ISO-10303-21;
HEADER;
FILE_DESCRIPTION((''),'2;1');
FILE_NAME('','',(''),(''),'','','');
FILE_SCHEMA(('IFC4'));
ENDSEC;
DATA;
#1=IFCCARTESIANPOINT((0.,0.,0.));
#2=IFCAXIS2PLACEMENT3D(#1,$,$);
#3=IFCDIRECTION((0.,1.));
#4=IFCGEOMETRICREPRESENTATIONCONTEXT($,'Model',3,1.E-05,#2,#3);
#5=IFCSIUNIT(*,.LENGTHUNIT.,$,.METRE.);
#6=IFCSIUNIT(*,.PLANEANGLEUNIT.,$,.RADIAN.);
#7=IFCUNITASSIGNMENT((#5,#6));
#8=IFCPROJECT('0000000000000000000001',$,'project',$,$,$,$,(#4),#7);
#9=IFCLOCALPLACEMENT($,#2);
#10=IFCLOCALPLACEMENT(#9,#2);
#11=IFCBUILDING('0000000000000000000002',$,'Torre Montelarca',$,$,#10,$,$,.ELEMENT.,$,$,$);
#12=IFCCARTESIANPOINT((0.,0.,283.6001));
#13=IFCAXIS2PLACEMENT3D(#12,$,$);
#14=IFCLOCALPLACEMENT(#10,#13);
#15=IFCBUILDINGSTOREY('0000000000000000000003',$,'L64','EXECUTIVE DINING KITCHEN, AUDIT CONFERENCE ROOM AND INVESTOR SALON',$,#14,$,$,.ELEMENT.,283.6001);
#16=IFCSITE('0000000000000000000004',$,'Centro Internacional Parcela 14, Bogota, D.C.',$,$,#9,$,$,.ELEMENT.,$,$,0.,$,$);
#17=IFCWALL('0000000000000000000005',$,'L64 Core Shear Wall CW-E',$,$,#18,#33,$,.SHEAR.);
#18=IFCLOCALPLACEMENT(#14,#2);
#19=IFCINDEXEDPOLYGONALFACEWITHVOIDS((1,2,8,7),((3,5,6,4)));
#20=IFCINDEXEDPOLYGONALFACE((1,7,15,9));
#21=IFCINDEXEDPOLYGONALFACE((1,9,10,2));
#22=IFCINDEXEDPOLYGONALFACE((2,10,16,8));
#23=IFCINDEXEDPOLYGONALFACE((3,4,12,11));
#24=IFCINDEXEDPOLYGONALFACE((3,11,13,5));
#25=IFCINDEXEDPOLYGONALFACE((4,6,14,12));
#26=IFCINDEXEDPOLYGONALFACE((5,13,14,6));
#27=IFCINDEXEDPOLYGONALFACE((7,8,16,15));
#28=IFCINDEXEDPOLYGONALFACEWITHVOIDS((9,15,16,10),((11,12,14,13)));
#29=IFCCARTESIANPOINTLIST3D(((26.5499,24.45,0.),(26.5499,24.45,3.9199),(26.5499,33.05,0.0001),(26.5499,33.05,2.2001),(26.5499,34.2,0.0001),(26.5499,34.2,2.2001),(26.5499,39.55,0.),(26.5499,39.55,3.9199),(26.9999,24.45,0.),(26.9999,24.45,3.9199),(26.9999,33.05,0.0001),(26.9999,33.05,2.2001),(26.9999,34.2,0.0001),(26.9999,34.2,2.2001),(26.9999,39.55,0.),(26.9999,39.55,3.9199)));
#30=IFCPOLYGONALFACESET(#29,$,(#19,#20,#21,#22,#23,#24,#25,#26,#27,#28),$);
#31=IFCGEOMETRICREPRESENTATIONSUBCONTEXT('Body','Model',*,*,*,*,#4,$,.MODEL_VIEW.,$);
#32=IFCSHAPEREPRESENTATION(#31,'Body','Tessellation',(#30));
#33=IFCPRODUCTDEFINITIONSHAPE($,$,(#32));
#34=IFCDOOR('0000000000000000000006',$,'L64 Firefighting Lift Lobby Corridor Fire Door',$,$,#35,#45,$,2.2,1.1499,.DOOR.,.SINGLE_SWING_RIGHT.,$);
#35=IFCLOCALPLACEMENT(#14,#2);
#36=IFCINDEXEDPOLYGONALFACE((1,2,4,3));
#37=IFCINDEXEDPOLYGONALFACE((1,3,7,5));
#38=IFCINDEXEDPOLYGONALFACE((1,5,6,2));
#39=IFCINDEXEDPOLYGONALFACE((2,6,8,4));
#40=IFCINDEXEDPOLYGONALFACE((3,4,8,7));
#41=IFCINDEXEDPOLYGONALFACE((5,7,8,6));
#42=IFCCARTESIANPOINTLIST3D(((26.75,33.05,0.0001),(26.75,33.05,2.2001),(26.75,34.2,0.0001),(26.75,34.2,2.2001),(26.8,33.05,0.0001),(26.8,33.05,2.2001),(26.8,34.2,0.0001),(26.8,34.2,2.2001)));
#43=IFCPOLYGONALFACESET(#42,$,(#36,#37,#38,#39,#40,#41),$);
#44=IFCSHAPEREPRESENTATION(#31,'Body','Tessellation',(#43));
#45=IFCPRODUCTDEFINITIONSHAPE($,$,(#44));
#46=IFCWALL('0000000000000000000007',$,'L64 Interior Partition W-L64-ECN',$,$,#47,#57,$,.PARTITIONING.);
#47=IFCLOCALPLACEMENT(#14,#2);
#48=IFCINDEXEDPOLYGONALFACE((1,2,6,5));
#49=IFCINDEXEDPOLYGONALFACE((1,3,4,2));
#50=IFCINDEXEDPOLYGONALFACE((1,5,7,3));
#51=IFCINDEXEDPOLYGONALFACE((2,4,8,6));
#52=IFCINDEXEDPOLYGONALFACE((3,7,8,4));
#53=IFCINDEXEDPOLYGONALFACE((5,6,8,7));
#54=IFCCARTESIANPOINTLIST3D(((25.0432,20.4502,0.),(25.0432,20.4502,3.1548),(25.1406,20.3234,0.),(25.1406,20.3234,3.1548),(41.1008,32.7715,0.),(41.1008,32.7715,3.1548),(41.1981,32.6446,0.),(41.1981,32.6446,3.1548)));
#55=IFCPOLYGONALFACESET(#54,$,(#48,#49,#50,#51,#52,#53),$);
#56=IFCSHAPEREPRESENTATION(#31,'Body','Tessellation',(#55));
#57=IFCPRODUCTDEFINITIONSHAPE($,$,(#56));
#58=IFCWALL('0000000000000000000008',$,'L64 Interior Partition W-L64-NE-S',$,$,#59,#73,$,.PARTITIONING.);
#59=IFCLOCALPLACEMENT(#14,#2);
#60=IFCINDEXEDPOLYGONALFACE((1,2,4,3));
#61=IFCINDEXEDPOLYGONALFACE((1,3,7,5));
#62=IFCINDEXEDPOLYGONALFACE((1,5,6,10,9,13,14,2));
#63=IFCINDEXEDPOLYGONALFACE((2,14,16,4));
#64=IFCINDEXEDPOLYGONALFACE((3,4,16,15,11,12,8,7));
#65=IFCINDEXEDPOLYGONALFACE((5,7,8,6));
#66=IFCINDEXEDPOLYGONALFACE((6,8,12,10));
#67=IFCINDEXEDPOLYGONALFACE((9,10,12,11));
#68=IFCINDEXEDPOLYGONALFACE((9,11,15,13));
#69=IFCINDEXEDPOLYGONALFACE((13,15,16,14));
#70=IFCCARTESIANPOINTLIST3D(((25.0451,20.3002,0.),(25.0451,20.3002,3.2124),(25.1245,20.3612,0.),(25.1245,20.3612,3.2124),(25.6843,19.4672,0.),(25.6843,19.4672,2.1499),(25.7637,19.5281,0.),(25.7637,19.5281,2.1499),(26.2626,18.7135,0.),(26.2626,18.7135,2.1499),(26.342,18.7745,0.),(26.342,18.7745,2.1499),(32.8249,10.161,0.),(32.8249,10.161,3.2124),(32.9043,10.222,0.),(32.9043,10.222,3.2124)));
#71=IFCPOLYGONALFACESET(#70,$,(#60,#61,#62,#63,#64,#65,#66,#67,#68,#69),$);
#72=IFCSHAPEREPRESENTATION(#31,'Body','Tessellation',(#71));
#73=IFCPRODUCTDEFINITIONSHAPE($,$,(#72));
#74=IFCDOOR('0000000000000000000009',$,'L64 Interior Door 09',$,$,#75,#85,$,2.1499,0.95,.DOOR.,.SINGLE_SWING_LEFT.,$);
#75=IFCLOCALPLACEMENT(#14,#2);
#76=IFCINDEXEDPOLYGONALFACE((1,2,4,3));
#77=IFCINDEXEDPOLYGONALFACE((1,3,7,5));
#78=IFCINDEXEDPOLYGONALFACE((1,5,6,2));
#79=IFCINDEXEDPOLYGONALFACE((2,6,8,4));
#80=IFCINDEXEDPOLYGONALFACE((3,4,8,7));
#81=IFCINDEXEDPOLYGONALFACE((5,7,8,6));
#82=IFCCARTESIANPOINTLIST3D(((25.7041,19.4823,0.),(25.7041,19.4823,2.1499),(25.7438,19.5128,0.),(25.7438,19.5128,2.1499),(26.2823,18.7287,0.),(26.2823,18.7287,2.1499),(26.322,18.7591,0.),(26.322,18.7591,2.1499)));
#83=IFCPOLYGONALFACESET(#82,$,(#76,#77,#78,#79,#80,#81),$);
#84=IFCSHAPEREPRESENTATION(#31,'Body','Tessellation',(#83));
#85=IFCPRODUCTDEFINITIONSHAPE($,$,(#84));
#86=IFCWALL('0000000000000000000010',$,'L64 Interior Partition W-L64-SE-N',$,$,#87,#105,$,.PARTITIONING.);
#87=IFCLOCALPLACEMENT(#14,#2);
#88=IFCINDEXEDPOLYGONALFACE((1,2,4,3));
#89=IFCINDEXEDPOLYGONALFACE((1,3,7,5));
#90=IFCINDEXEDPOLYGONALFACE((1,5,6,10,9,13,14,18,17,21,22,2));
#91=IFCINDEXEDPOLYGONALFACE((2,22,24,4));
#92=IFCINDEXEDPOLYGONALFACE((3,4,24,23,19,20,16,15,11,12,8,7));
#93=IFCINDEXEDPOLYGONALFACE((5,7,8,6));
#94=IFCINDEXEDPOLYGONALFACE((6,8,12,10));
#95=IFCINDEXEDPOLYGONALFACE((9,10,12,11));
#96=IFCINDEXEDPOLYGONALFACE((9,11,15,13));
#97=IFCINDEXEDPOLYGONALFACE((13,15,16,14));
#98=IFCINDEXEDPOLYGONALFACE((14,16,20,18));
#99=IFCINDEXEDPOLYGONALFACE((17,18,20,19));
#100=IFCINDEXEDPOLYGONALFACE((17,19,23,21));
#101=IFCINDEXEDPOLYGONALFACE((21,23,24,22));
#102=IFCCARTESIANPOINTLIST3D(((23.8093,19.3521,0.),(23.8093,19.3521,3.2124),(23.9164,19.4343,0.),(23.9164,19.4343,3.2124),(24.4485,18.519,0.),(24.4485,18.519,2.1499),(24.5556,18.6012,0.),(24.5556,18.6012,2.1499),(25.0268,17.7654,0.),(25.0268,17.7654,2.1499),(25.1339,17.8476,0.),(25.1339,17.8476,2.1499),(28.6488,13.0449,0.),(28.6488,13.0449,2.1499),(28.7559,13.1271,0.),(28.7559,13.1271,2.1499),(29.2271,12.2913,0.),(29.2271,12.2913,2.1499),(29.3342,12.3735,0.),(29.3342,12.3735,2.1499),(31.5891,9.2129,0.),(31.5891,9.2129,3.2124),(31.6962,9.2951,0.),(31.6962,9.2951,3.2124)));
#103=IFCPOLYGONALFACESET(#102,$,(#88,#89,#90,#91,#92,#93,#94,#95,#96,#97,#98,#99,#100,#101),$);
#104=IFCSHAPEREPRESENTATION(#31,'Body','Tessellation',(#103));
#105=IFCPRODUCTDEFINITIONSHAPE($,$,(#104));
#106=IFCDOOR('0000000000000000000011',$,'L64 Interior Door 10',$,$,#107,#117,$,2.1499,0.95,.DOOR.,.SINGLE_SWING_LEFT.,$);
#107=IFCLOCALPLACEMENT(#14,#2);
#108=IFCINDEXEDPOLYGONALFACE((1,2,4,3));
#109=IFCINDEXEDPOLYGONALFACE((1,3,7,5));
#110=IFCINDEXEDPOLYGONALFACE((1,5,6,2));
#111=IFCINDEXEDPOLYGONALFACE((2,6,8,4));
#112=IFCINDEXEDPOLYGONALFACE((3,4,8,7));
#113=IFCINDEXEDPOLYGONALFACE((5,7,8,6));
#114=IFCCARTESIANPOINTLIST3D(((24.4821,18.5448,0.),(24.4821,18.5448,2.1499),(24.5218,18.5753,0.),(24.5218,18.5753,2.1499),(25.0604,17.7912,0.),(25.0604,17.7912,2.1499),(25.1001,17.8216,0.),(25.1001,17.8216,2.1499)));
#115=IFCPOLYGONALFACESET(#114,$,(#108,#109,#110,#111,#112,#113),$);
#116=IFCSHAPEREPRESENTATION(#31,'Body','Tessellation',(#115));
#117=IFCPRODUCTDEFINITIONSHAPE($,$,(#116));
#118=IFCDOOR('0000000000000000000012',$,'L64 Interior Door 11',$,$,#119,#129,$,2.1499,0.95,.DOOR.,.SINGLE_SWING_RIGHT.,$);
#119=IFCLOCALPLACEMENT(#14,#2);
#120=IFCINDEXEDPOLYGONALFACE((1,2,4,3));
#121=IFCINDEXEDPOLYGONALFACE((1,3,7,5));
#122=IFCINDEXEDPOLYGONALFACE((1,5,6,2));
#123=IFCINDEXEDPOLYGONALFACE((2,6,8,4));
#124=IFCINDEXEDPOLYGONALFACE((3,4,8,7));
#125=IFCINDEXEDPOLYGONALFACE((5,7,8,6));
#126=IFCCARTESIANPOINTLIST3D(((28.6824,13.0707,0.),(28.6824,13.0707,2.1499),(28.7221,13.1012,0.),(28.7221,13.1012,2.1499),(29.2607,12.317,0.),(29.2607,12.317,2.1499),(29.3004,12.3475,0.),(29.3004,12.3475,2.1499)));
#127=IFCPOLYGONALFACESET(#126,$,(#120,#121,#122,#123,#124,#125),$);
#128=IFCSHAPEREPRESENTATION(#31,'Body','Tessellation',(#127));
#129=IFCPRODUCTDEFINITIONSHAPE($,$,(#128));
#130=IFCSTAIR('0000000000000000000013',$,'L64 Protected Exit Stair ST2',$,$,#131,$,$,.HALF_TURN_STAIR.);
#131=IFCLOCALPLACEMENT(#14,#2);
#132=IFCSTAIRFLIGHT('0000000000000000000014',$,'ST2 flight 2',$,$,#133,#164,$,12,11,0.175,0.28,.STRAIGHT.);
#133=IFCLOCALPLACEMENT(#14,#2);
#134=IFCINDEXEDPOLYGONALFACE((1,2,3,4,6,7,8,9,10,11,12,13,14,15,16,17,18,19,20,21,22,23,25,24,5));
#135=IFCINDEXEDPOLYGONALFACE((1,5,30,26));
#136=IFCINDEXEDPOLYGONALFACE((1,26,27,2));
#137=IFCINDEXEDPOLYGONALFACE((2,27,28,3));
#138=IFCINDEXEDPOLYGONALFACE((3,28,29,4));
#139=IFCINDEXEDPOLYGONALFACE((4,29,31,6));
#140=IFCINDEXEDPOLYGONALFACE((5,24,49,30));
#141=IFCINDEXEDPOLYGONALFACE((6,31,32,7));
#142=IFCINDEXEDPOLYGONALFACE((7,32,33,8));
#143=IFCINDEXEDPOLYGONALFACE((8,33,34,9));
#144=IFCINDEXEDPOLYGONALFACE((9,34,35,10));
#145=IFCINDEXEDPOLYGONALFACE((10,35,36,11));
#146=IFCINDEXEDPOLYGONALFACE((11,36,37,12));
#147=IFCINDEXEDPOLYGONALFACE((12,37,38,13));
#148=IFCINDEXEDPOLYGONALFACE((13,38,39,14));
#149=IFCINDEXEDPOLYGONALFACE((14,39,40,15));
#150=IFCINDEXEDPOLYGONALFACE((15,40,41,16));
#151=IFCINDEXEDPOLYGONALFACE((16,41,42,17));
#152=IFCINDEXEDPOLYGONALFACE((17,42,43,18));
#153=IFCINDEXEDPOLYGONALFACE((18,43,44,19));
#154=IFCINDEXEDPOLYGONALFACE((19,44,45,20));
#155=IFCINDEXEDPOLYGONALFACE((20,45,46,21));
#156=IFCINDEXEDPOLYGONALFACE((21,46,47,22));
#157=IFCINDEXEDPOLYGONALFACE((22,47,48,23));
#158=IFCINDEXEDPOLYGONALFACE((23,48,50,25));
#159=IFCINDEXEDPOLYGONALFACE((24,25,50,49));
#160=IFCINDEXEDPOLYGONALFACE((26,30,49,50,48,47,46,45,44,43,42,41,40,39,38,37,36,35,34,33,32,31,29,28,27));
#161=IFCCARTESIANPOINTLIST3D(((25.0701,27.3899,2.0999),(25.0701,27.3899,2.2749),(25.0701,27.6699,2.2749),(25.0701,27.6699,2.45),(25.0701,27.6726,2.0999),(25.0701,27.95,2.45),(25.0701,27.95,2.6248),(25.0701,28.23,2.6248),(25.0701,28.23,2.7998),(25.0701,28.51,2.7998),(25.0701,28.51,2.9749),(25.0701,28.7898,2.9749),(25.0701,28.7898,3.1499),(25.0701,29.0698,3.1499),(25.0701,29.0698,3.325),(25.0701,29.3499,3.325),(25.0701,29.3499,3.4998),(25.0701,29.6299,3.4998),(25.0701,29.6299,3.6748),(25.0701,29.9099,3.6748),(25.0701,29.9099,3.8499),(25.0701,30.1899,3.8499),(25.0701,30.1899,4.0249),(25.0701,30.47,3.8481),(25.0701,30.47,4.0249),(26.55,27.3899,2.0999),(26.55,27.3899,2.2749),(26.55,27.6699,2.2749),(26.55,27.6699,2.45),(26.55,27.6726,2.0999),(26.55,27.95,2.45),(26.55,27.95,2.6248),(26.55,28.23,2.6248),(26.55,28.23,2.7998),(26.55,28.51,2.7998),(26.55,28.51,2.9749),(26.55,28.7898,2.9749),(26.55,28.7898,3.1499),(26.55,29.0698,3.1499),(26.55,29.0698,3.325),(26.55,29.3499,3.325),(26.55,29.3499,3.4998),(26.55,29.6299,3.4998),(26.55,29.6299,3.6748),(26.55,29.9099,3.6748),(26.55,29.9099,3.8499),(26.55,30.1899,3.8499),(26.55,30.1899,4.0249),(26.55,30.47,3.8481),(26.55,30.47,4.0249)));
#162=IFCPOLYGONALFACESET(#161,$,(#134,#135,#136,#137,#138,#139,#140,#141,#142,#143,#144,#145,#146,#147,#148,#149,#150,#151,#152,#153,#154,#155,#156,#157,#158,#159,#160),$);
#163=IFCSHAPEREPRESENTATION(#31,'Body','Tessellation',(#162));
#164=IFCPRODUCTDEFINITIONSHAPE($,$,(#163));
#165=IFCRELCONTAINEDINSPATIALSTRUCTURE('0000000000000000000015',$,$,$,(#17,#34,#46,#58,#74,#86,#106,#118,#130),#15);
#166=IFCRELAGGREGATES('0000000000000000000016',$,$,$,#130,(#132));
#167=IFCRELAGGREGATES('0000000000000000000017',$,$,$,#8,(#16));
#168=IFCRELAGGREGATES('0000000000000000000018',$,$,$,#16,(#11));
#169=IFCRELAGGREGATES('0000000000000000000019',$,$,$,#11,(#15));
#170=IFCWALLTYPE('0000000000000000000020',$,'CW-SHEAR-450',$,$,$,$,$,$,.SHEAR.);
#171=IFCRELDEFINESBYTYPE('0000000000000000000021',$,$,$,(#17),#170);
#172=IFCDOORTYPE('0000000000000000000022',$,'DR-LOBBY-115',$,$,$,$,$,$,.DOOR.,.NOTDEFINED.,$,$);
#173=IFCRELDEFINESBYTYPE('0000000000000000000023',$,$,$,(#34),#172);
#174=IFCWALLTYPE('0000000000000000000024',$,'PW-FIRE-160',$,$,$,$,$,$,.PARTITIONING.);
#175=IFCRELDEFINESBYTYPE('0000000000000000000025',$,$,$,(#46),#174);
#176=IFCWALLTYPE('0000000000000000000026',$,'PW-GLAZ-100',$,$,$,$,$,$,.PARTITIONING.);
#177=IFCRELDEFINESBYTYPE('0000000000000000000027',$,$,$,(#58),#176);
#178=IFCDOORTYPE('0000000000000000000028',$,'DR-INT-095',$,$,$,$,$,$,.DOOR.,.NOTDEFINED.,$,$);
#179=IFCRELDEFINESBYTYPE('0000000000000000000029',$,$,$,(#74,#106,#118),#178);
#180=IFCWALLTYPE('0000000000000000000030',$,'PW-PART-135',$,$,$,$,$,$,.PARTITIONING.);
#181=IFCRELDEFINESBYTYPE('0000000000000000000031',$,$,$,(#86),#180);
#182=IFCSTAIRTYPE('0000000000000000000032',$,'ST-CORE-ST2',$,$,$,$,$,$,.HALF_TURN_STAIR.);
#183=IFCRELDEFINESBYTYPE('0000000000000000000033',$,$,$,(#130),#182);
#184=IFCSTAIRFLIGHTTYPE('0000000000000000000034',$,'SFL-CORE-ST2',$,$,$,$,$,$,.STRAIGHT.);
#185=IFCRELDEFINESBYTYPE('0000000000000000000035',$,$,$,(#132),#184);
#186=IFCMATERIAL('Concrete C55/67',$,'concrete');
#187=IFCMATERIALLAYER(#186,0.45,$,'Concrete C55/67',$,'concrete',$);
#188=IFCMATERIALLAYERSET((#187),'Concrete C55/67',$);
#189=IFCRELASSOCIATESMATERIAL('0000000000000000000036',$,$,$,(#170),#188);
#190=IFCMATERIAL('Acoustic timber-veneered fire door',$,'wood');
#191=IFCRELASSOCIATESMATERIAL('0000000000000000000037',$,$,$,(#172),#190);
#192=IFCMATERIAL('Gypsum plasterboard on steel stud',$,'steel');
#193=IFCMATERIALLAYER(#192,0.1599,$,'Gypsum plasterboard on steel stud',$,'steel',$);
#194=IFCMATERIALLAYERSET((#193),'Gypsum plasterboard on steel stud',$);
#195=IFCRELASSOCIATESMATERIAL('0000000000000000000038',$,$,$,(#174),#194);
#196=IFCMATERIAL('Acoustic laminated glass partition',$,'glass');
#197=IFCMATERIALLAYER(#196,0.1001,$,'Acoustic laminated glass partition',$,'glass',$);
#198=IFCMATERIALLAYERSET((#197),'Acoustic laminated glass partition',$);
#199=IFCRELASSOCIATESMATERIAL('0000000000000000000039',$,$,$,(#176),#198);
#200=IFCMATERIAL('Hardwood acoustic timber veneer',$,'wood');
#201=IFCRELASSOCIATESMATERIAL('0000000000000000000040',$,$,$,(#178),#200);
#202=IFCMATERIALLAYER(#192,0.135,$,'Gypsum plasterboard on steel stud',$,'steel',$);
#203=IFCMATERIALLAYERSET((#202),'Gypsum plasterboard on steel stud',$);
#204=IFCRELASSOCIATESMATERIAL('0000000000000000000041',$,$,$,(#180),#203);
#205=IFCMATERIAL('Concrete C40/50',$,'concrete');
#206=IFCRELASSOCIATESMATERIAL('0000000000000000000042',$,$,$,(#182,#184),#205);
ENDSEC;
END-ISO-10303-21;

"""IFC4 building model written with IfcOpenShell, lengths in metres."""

from ifc_helpers import new_model, si_unit, direction, frame, frame_2d, origin, place, context, subcontext, project, spatial, polyline, rectangle, outline, extrude, source, transform, mapped, material, layer, layer_set, type_object, element, fill, aggregate, save


model = new_model("IFC4")

# Units and contexts
model_context = context("Model", 3, precision=1e-05, world=origin(), true_north=direction((0.0, 1.0)))
body_context = subcontext(model_context, "Body", "Model", "MODEL_VIEW")
ifc_project = project(units=[si_unit("LENGTHUNIT", "METRE"), si_unit("PLANEANGLEUNIT", "RADIAN")], contexts=[model_context])

# Site, building, storey
site_placement = place(None, origin())
site = spatial("IfcSite", under=ifc_project, at=site_placement, Name="Centro Internacional Parcela 14, Bogota, D.C.", CompositionType="ELEMENT", RefElevation=0.0)
building_placement = place(site_placement, origin())
building = spatial("IfcBuilding", under=site, at=building_placement, Name="Torre Montelarca", CompositionType="ELEMENT")
storey_placement = place(building_placement, frame((0.0, 0.0, 283.6001)))
storey = spatial("IfcBuildingStorey", under=building, at=storey_placement, Name="L64", Description="EXECUTIVE DINING KITCHEN, AUDIT CONFERENCE ROOM AND INVESTOR SALON", CompositionType="ELEMENT", Elevation=283.6001)

# Shared definitions
ifc_material_1 = material(Name="Concrete C55/67", Category="concrete")

# Shared definitions
ifc_material_2 = material(Name="Concrete C40/50", Category="concrete")

# Wall, opening, door
ifc_layer_1 = layer(ifc_material_1, 0.45, Name="Concrete C55/67", Category="concrete")
ifc_layer_set_1 = layer_set([ifc_layer_1], Name="Concrete C55/67")
wall_type_1 = type_object("IfcWallType", Name="CW-SHEAR-450", PredefinedType="SHEAR", material=ifc_layer_set_1)
wall_1_placement = place(storey_placement, frame((26.7749, 24.45, 0.0), z_axis=(0.0, 0.0, 1.0), x_axis=(0.0, 1.0, 0.0)))
wall_1 = element("IfcWall", 1, at=wall_1_placement, inside=storey, type_object=wall_type_1, Name="L64 Core Shear Wall CW-E", PredefinedType="SHEAR", context=body_context, shape_type="SweptSolid", body=[
    extrude(rectangle(XDim=15.1001, YDim=0.45, at=frame_2d((7.55, 0.0))), origin(), (0.0, 0.0, 1.0), 3.9199),
])
opening_1_placement = place(wall_1_placement, frame((8.6001, 0.0, 0.0)))
opening_1 = element("IfcOpeningElement", 2, at=opening_1_placement, cuts=wall_1, PredefinedType="OPENING", context=body_context, shape_type="SweptSolid", body=[
    extrude(rectangle(XDim=1.1499, YDim=2.2, at=frame_2d((0.575, 1.1001))), frame((0.0, 0.2349, 0.0), z_axis=(0.0, -1.0, 0.0), x_axis=(1.0, 0.0, 0.0)), (0.0, 0.0, 1.0), 0.47),
])
ifc_material_3 = material(Name="Acoustic timber-veneered fire door", Category="wood")
door_type_1 = type_object("IfcDoorType", Name="DR-LOBBY-115", OperationType="NOTDEFINED", PredefinedType="DOOR", material=ifc_material_3)
shared_shape_1 = source(origin(), body_context, "Body", "SweptSolid", [
    extrude(rectangle(XDim=1.1499, YDim=2.2, at=frame_2d((0.575, 1.1001))), frame((0.0, 0.0249, 0.0), z_axis=(0.0, -1.0, 0.0), x_axis=(1.0, 0.0, 0.0)), (0.0, 0.0, 1.0), 0.05),
])
door_1_placement = place(opening_1_placement, origin())
door_1 = element("IfcDoor", 3, at=door_1_placement, inside=storey, type_object=door_type_1, Name="L64 Firefighting Lift Lobby Corridor Fire Door", OperationType="SINGLE_SWING_RIGHT", OverallHeight=2.2, OverallWidth=1.1499, PredefinedType="DOOR", context=body_context, shape_type="MappedRepresentation", body=[
    mapped(shared_shape_1, transform((0.0, 0.0, 0.0), scale=1.0)),
])
fill(opening_1, door_1)

# Wall
ifc_material_4 = material(Name="Gypsum plasterboard on steel stud", Category="steel")
ifc_layer_2 = layer(ifc_material_4, 0.1599, Name="Gypsum plasterboard on steel stud", Category="steel")
ifc_layer_set_2 = layer_set([ifc_layer_2], Name="Gypsum plasterboard on steel stud")
wall_type_2 = type_object("IfcWallType", Name="PW-FIRE-160", PredefinedType="PARTITIONING", material=ifc_layer_set_2)
wall_2_placement = place(storey_placement, frame((25.0918, 20.3867, 0.0), z_axis=(0.0, 0.0, 1.0), x_axis=(0.793357, 0.608757, 0.0)))
element("IfcWall", 4, at=wall_2_placement, inside=storey, type_object=wall_type_2, Name="L64 Interior Partition W-L64-ECN", PredefinedType="PARTITIONING", context=body_context, shape_type="SweptSolid", body=[
    extrude(rectangle(XDim=20.24, YDim=0.1599, at=frame_2d((10.1201, 0.0))), origin(), (0.0, 0.0, 1.0), 3.1548),
])

# Wall, opening, door
ifc_material_5 = material(Name="Acoustic laminated glass partition", Category="glass")
ifc_layer_3 = layer(ifc_material_5, 0.1001, Name="Acoustic laminated glass partition", Category="glass")
ifc_layer_set_3 = layer_set([ifc_layer_3], Name="Acoustic laminated glass partition")
wall_type_3 = type_object("IfcWallType", Name="PW-GLAZ-100", PredefinedType="PARTITIONING", material=ifc_layer_set_3)
wall_3_placement = place(storey_placement, frame((25.0847, 20.3308, 0.0), z_axis=(0.0, 0.0, 1.0), x_axis=(0.608748, -0.793363, 0.0)))
wall_3 = element("IfcWall", 5, at=wall_3_placement, inside=storey, type_object=wall_type_3, Name="L64 Interior Partition W-L64-NE-S", PredefinedType="PARTITIONING", context=body_context, shape_type="SweptSolid", body=[
    extrude(rectangle(XDim=12.78, YDim=0.1001, at=frame_2d((6.3901, 0.0))), origin(), (0.0, 0.0, 1.0), 3.2124),
])
opening_2_placement = place(wall_3_placement, frame((1.05, 0.0, 0.0)))
opening_2 = element("IfcOpeningElement", 6, at=opening_2_placement, cuts=wall_3, PredefinedType="OPENING", context=body_context, shape_type="SweptSolid", body=[
    extrude(rectangle(XDim=0.95, YDim=2.1499, at=frame_2d((0.4751, 1.075))), frame((0.0, 0.0601, 0.0), z_axis=(0.0, -1.0, 0.0), x_axis=(1.0, 0.0, 0.0)), (0.0, 0.0, 1.0), 0.1201),
])
ifc_material_6 = material(Name="Hardwood acoustic timber veneer", Category="wood")
door_type_2 = type_object("IfcDoorType", Name="DR-INT-095", OperationType="NOTDEFINED", PredefinedType="DOOR", material=ifc_material_6)
shared_shape_2 = source(origin(), body_context, "Body", "SweptSolid", [
    extrude(rectangle(XDim=0.95, YDim=2.1499, at=frame_2d((0.4751, 1.075))), frame((0.0, 0.0249, 0.0), z_axis=(0.0, -1.0, 0.0), x_axis=(1.0, 0.0, 0.0)), (0.0, 0.0, 1.0), 0.05),
])
door_2_placement = place(opening_2_placement, origin())
door_2 = element("IfcDoor", 7, at=door_2_placement, inside=storey, type_object=door_type_2, Name="L64 Interior Door 09", OperationType="SINGLE_SWING_LEFT", OverallHeight=2.1499, OverallWidth=0.95, PredefinedType="DOOR", context=body_context, shape_type="MappedRepresentation", body=[
    mapped(shared_shape_2, transform((0.0, 0.0, 0.0), scale=1.0)),
])
fill(opening_2, door_2)

# Wall, openings, doors
ifc_layer_4 = layer(ifc_material_4, 0.135, Name="Gypsum plasterboard on steel stud", Category="steel")
ifc_layer_set_4 = layer_set([ifc_layer_4], Name="Gypsum plasterboard on steel stud")
wall_type_4 = type_object("IfcWallType", Name="PW-PART-135", PredefinedType="PARTITIONING", material=ifc_layer_set_4)
wall_4_placement = place(storey_placement, frame((23.8628, 19.3933, 0.0), z_axis=(0.0, 0.0, 1.0), x_axis=(0.608748, -0.793363, 0.0)))
wall_4 = element("IfcWall", 8, at=wall_4_placement, inside=storey, type_object=wall_type_4, Name="L64 Interior Partition W-L64-SE-N", PredefinedType="PARTITIONING", context=body_context, shape_type="SweptSolid", body=[
    extrude(rectangle(XDim=12.78, YDim=0.135, at=frame_2d((6.3901, 0.0))), origin(), (0.0, 0.0, 1.0), 3.2124),
])
opening_3_placement = place(wall_4_placement, frame((1.05, 0.0, 0.0)))
opening_3 = element("IfcOpeningElement", 9, at=opening_3_placement, cuts=wall_4, PredefinedType="OPENING", context=body_context, shape_type="SweptSolid", body=[
    extrude(rectangle(XDim=0.95, YDim=2.1499, at=frame_2d((0.4751, 1.075))), frame((0.0, 0.0776, 0.0), z_axis=(0.0, -1.0, 0.0), x_axis=(1.0, 0.0, 0.0)), (0.0, 0.0, 1.0), 0.155),
])
opening_4_placement = place(wall_4_placement, frame((7.95, 0.0, 0.0)))
opening_4 = element("IfcOpeningElement", 10, at=opening_4_placement, cuts=wall_4, PredefinedType="OPENING", context=body_context, shape_type="SweptSolid", body=[
    extrude(rectangle(XDim=0.95, YDim=2.1499, at=frame_2d((0.4751, 1.075))), frame((0.0, 0.0776, 0.0), z_axis=(0.0, -1.0, 0.0), x_axis=(1.0, 0.0, 0.0)), (0.0, 0.0, 1.0), 0.155),
])
door_3_placement = place(opening_3_placement, origin())
door_3 = element("IfcDoor", 11, at=door_3_placement, inside=storey, type_object=door_type_2, Name="L64 Interior Door 10", OperationType="SINGLE_SWING_LEFT", OverallHeight=2.1499, OverallWidth=0.95, PredefinedType="DOOR", context=body_context, shape_type="MappedRepresentation", body=[
    mapped(shared_shape_2, transform((0.0, 0.0, 0.0), scale=1.0)),
])
fill(opening_3, door_3)
door_4_placement = place(opening_4_placement, origin())
door_4 = element("IfcDoor", 12, at=door_4_placement, inside=storey, type_object=door_type_2, Name="L64 Interior Door 11", OperationType="SINGLE_SWING_RIGHT", OverallHeight=2.1499, OverallWidth=0.95, PredefinedType="DOOR", context=body_context, shape_type="MappedRepresentation", body=[
    mapped(shared_shape_2, transform((0.0, 0.0, 0.0), scale=1.0)),
])
fill(opening_4, door_4)

# Stair, stair flight
stair_type = type_object("IfcStairType", Name="ST-CORE-ST2", PredefinedType="HALF_TURN_STAIR", material=ifc_material_2)
stair_placement = place(storey_placement, origin())
stair = element("IfcStair", 13, at=stair_placement, inside=storey, type_object=stair_type, Name="L64 Protected Exit Stair ST2", PredefinedType="HALF_TURN_STAIR")
stair_flight_type = type_object("IfcStairFlightType", Name="SFL-CORE-ST2", PredefinedType="STRAIGHT", material=ifc_material_2)
stair_flight_placement = place(storey_placement, frame((25.8101, 27.3899, 2.0999), z_axis=(0.0, 0.0, 1.0), x_axis=(0.0, 1.0, 0.0)))
stair_flight = element("IfcStairFlight", 14, at=stair_flight_placement, type_object=stair_flight_type, Name="ST2 flight 2", NumberOfRisers=12, NumberOfTreads=11, PredefinedType="STRAIGHT", RiserHeight=0.175, TreadLength=0.28, context=body_context, shape_type="SweptSolid", body=[
    extrude(outline(polyline([(0.0, 0.0), (0.0, 0.175), (0.28, 0.175), (0.28, 0.3501), (0.5601, 0.3501), (0.5601, 0.5249), (0.8401, 0.5249), (0.8401, 0.7), (1.1201, 0.7), (1.1201, 0.875), (1.3999, 0.875), (1.3999, 1.05), (1.6799, 1.05), (1.6799, 1.2251), (1.96, 1.2251), (1.96, 1.3999), (2.24, 1.3999), (2.24, 1.575), (2.52, 1.575), (2.52, 1.75), (2.8, 1.75), (2.8, 1.925), (3.0801, 1.925), (3.0801, 2.1001), (3.0801, 1.7483), (0.2827, 0.0), (0.0, 0.0)])), frame((0.0, 0.74, 0.0), z_axis=(0.0, -1.0, 0.0), x_axis=(1.0, 0.0, 0.0)), (0.0, 0.0, 1.0), 1.48),
])
aggregate(stair, [stair_flight])

save(model, "model.ifc")
